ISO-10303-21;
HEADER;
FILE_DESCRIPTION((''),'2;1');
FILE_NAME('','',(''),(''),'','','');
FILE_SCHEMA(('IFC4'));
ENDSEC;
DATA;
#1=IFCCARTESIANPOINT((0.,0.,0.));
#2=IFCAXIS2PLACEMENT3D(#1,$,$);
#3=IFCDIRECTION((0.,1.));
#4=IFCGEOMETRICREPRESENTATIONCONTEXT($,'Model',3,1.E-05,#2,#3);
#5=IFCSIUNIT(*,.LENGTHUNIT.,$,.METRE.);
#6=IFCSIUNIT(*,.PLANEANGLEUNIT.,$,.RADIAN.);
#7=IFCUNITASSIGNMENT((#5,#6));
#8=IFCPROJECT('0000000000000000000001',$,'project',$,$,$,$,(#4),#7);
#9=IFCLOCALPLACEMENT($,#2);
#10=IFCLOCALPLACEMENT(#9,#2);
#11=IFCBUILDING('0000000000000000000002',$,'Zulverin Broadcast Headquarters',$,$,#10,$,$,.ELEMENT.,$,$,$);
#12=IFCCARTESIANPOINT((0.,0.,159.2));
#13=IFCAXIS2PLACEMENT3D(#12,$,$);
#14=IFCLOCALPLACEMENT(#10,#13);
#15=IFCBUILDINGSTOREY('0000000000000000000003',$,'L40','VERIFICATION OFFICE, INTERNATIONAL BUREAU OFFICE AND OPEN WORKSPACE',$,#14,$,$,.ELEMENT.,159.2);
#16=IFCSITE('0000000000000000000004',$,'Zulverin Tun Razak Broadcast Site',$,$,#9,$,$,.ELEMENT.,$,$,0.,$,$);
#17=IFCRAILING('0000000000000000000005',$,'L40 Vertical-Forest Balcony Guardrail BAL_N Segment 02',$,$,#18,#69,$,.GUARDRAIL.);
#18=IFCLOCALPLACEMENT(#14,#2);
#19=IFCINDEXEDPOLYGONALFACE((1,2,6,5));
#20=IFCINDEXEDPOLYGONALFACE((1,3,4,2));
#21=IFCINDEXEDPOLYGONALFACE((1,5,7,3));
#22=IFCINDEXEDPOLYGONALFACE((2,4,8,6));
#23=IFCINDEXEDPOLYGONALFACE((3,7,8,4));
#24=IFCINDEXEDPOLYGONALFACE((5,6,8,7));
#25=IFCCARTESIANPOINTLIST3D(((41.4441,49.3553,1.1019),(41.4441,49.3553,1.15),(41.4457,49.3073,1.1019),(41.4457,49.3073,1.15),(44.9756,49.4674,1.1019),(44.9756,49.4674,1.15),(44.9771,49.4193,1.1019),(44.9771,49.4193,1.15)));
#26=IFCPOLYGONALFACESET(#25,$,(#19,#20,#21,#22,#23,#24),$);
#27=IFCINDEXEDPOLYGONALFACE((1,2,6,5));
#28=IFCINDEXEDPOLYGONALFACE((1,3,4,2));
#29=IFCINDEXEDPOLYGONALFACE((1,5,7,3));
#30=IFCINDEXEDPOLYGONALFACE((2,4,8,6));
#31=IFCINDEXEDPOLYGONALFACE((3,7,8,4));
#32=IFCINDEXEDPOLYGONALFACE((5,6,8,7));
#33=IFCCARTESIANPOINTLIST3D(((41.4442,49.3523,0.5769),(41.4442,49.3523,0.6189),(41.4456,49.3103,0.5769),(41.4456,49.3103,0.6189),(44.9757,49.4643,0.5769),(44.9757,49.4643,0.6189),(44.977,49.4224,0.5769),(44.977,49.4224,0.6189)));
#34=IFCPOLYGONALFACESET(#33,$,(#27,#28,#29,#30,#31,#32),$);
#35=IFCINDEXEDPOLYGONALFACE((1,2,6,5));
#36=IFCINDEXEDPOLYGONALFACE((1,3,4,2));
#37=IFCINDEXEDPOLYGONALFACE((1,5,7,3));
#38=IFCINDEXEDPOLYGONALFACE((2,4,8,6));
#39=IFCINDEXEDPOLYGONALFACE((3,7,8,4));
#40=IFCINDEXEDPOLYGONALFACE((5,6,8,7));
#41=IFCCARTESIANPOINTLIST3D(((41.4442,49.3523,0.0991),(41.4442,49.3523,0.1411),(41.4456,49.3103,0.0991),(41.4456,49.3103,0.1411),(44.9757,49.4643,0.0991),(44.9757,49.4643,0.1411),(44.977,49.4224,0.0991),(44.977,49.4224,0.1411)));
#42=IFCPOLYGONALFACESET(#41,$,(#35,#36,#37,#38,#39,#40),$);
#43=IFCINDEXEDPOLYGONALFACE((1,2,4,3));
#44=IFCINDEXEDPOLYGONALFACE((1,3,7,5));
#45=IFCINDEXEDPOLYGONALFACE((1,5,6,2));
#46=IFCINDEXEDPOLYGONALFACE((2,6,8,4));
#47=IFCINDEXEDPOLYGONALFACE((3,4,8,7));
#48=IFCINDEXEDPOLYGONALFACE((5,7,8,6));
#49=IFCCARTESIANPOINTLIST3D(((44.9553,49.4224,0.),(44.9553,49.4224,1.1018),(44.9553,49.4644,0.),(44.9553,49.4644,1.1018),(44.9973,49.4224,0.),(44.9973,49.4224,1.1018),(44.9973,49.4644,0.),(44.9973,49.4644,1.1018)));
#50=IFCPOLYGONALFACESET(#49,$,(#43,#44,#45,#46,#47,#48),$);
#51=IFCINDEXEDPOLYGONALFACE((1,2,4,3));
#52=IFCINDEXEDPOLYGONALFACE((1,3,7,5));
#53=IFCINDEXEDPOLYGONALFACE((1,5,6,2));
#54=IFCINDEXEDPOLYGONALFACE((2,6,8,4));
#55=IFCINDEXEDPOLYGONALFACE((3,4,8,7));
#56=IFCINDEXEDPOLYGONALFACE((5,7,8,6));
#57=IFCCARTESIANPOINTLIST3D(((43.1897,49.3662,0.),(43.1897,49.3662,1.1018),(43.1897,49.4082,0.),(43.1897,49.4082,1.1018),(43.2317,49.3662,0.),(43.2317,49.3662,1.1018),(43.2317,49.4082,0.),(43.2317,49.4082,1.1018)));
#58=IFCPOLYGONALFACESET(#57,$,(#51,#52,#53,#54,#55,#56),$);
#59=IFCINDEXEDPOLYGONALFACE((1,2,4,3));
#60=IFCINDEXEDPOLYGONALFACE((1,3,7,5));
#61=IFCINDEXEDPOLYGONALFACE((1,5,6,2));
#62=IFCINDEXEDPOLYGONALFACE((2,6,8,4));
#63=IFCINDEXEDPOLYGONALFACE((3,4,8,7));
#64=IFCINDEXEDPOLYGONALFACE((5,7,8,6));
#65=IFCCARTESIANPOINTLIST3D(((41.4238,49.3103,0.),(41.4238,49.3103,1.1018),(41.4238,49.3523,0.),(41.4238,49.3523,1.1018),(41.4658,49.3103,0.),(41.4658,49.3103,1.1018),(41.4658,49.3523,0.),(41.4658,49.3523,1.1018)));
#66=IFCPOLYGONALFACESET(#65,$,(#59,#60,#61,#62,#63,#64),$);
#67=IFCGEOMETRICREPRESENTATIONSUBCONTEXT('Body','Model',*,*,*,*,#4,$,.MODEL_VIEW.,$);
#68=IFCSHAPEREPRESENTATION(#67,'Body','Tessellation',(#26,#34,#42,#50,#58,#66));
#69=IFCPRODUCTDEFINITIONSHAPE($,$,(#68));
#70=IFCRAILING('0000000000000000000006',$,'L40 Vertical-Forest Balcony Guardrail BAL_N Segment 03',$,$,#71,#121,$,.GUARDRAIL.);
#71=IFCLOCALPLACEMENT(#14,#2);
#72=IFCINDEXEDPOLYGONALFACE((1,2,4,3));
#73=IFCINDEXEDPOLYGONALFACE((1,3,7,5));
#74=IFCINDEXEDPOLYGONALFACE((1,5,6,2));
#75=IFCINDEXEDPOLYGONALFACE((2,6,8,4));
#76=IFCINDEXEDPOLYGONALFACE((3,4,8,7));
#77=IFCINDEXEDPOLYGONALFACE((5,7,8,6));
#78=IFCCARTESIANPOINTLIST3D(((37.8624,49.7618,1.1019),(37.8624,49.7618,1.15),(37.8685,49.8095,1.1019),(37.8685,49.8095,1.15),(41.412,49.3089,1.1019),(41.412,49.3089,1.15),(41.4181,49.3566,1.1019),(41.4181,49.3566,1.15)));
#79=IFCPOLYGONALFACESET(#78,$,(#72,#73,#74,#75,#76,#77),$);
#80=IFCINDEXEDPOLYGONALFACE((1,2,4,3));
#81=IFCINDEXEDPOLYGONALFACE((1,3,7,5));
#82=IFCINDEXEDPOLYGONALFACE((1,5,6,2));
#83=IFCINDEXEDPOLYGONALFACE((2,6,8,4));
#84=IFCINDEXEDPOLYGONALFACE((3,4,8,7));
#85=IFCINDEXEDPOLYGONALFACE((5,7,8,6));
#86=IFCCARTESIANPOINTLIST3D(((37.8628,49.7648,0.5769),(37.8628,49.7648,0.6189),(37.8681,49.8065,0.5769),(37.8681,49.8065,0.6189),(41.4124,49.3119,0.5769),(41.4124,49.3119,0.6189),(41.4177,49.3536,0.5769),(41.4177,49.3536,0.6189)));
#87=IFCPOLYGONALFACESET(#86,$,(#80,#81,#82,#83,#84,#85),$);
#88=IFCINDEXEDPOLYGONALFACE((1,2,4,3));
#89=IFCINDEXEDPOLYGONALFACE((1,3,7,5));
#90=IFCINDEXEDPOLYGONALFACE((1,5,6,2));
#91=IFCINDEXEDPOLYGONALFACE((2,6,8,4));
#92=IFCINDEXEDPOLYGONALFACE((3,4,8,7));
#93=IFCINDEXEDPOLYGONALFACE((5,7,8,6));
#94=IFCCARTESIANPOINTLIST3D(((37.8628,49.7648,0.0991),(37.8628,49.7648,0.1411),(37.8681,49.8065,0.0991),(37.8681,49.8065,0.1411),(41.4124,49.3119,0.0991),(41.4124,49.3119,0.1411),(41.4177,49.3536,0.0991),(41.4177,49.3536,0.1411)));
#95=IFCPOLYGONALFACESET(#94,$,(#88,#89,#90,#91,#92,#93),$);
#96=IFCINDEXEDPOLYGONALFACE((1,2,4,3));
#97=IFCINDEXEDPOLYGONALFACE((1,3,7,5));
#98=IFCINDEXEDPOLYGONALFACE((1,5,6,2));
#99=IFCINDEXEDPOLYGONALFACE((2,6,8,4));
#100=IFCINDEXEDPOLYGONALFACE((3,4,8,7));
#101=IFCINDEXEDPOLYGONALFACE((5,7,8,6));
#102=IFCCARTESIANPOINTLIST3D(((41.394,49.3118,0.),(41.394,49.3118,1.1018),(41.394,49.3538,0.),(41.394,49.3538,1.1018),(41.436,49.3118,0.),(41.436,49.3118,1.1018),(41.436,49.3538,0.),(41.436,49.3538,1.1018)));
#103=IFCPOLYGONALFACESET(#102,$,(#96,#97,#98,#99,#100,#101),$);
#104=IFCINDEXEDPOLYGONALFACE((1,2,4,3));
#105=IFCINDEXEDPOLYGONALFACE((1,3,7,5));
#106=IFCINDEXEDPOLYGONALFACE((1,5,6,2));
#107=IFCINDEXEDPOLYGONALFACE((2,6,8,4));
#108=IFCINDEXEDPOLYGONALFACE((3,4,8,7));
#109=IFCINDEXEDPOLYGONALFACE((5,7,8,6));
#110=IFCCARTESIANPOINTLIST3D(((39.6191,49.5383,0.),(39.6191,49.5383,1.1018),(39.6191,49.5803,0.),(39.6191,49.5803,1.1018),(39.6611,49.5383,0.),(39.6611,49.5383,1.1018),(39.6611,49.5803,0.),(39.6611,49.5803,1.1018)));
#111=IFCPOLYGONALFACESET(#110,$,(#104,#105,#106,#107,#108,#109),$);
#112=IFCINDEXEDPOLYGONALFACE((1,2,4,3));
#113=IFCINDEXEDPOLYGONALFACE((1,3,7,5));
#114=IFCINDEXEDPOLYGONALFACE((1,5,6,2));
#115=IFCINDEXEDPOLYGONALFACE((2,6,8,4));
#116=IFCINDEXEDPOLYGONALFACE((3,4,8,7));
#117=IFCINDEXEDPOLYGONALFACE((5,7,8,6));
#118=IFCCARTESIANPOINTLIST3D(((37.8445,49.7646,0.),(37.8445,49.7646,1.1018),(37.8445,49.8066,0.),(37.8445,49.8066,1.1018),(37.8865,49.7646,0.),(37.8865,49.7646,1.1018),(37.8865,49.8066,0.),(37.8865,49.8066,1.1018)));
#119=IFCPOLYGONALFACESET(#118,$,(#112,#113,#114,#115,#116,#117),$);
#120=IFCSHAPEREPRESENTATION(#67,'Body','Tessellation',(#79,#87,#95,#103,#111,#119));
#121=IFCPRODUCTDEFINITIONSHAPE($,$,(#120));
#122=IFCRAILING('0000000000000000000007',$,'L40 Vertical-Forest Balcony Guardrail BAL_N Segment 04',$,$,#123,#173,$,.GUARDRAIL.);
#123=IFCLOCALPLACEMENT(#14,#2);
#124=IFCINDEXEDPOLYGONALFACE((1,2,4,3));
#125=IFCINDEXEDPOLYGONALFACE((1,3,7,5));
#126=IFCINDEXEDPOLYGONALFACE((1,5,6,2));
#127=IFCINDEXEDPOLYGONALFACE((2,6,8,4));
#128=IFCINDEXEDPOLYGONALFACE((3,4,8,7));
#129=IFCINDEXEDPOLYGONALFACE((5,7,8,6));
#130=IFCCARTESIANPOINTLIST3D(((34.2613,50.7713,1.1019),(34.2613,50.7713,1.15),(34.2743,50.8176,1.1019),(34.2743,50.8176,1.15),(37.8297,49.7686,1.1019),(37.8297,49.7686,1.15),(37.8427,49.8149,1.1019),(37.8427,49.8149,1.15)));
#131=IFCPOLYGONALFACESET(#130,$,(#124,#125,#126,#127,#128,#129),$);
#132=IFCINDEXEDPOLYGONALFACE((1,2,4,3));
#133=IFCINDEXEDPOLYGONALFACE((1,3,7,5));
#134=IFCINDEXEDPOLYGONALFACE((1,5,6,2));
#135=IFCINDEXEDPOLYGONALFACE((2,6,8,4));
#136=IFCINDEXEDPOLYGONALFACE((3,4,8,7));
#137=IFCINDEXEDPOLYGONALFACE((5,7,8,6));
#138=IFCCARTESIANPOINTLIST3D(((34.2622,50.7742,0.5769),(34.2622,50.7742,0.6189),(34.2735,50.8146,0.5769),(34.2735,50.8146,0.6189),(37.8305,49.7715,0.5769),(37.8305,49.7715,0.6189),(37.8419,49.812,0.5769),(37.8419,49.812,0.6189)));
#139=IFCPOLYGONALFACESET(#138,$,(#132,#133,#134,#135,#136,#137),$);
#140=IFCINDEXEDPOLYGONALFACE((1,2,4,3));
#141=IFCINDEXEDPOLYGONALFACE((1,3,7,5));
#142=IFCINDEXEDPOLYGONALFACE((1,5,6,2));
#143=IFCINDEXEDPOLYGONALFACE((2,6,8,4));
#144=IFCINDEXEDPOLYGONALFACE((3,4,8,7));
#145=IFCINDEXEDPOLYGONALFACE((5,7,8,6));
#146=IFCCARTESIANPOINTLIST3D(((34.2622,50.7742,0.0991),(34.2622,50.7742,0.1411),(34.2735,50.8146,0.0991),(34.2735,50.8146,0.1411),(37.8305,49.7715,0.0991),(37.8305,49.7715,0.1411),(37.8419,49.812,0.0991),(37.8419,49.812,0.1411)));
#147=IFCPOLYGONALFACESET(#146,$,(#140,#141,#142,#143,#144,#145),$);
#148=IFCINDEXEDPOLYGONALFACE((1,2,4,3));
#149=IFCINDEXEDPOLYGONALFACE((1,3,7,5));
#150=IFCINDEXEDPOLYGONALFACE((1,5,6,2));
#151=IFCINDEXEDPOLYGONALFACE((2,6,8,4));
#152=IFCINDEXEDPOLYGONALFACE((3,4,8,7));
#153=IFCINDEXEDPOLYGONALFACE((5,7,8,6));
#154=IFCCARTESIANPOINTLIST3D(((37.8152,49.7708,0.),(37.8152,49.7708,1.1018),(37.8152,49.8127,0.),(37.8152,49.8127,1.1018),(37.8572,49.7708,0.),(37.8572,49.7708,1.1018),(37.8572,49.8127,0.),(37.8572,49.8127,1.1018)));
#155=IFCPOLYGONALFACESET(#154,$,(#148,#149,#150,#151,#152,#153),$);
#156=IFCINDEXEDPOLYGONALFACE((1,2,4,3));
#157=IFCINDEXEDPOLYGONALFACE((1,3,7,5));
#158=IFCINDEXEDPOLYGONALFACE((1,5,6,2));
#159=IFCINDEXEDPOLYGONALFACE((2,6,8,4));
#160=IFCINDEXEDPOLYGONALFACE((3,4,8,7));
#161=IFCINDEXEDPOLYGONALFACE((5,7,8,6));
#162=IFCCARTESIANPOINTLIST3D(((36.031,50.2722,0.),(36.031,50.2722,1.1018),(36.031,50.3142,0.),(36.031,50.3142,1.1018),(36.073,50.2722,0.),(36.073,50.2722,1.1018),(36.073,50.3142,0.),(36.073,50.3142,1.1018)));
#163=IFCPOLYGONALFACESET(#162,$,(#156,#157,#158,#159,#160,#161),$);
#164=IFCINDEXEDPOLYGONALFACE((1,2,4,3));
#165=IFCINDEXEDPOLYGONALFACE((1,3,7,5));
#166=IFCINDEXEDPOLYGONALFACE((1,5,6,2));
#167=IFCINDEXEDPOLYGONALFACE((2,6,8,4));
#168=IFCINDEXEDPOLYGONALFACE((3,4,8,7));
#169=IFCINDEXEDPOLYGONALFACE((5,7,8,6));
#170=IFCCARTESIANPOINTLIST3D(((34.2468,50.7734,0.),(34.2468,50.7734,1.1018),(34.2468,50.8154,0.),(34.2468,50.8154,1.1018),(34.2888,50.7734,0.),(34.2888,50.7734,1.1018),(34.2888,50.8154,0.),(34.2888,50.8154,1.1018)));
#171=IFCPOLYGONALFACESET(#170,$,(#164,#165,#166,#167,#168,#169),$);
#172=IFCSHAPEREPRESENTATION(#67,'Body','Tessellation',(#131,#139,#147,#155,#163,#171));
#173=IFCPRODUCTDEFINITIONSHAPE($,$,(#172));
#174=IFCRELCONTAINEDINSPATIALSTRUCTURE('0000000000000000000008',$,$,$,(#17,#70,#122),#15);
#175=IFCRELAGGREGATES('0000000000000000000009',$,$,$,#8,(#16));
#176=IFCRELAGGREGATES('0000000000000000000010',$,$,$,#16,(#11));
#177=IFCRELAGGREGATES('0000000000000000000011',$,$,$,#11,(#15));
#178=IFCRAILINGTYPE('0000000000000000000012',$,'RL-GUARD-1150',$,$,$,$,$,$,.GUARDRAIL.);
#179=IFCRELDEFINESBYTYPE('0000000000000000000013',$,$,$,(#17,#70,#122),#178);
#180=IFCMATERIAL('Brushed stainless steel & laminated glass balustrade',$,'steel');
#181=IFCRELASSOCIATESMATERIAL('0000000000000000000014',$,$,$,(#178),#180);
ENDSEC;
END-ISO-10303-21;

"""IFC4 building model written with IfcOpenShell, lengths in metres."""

from ifc_helpers import new_model, si_unit, direction, frame, origin, origin_2d, place, context, subcontext, project, spatial, rectangle, extrude, material, type_object, element, save


model = new_model("IFC4")

# Units and contexts
model_context = context("Model", 3, precision=1e-05, world=origin(), true_north=direction((0.0, 1.0)))
body_context = subcontext(model_context, "Body", "Model", "MODEL_VIEW")
ifc_project = project(units=[si_unit("LENGTHUNIT", "METRE"), si_unit("PLANEANGLEUNIT", "RADIAN")], contexts=[model_context])

# Site, building, storey
site_placement = place(None, origin())
site = spatial("IfcSite", under=ifc_project, at=site_placement, Name="Zulverin Tun Razak Broadcast Site", CompositionType="ELEMENT", RefElevation=0.0)
building_placement = place(site_placement, origin())
building = spatial("IfcBuilding", under=site, at=building_placement, Name="Zulverin Broadcast Headquarters", CompositionType="ELEMENT")
storey_placement = place(building_placement, frame((0.0, 0.0, 159.2)))
storey = spatial("IfcBuildingStorey", under=building, at=storey_placement, Name="L40", Description="VERIFICATION OFFICE, INTERNATIONAL BUREAU OFFICE AND OPEN WORKSPACE", CompositionType="ELEMENT", Elevation=159.2)

# Railings
ifc_material_1 = material(Name="Brushed stainless steel & laminated glass balustrade", Category="steel")
railing_type_1 = type_object("IfcRailingType", Name="RL-GUARD-1150", PredefinedType="GUARDRAIL", material=ifc_material_1)
railing_1_placement = place(storey_placement, frame((44.9763, 49.4434, 0.0)))
element("IfcRailing", 1, at=railing_1_placement, inside=storey, type_object=railing_type_1, Name="L40 Vertical-Forest Balcony Guardrail BAL_N Segment 02", PredefinedType="GUARDRAIL", context=body_context, shape_type="SweptSolid", body=[
    extrude(rectangle(XDim=0.0481, YDim=0.0481, at=origin_2d()), frame((0.0, 0.0, 1.126), z_axis=(-0.999497, -0.031716, 0.0), x_axis=(0.031716, -0.999497, 0.0)), (0.0, 0.0, 1.0), 3.5332),
    extrude(rectangle(XDim=0.042, YDim=0.042, at=origin_2d()), frame((0.0, 0.0, 0.5979), z_axis=(-0.999497, -0.031716, 0.0), x_axis=(0.031716, -0.999497, 0.0)), (0.0, 0.0, 1.0), 3.5332),
    extrude(rectangle(XDim=0.042, YDim=0.042, at=origin_2d()), frame((0.0, 0.0, 0.1201), z_axis=(-0.999497, -0.031716, 0.0), x_axis=(0.031716, -0.999497, 0.0)), (0.0, 0.0, 1.0), 3.5332),
    extrude(rectangle(XDim=0.042, YDim=0.042, at=origin_2d()), origin(), (0.0, 0.0, 1.0), 1.1018),
    extrude(rectangle(XDim=0.042, YDim=0.042, at=origin_2d()), frame((-1.7656, -0.0562, 0.0)), (0.0, 0.0, 1.0), 1.1018),
    extrude(rectangle(XDim=0.042, YDim=0.042, at=origin_2d()), frame((-3.5315, -0.1121, 0.0)), (0.0, 0.0, 1.0), 1.1018),
])
railing_2_placement = place(storey_placement, frame((41.415, 49.3328, 0.0)))
element("IfcRailing", 2, at=railing_2_placement, inside=storey, type_object=railing_type_1, Name="L40 Vertical-Forest Balcony Guardrail BAL_N Segment 03", PredefinedType="GUARDRAIL", context=body_context, shape_type="SweptSolid", body=[
    extrude(rectangle(XDim=0.0481, YDim=0.0481, at=origin_2d()), frame((0.0, 0.0, 1.126), z_axis=(-0.991959, 0.126562, 0.0), x_axis=(-0.126562, -0.991959, 0.0)), (0.0, 0.0, 1.0), 3.5784),
    extrude(rectangle(XDim=0.042, YDim=0.042, at=origin_2d()), frame((0.0, 0.0, 0.5979), z_axis=(-0.991959, 0.126562, 0.0), x_axis=(-0.126562, -0.991959, 0.0)), (0.0, 0.0, 1.0), 3.5784),
    extrude(rectangle(XDim=0.042, YDim=0.042, at=origin_2d()), frame((0.0, 0.0, 0.1201), z_axis=(-0.991959, 0.126562, 0.0), x_axis=(-0.126562, -0.991959, 0.0)), (0.0, 0.0, 1.0), 3.5784),
    extrude(rectangle(XDim=0.042, YDim=0.042, at=origin_2d()), origin(), (0.0, 0.0, 1.0), 1.1018),
    extrude(rectangle(XDim=0.042, YDim=0.042, at=origin_2d()), frame((-1.7749, 0.2266, 0.0)), (0.0, 0.0, 1.0), 1.1018),
    extrude(rectangle(XDim=0.042, YDim=0.042, at=origin_2d()), frame((-3.5496, 0.4529, 0.0)), (0.0, 0.0, 1.0), 1.1018),
])
railing_3_placement = place(storey_placement, frame((37.8362, 49.7917, 0.0)))
element("IfcRailing", 3, at=railing_3_placement, inside=storey, type_object=railing_type_1, Name="L40 Vertical-Forest Balcony Guardrail BAL_N Segment 04", PredefinedType="GUARDRAIL", context=body_context, shape_type="SweptSolid", body=[
    extrude(rectangle(XDim=0.0481, YDim=0.0481, at=origin_2d()), frame((0.0, 0.0, 1.126), z_axis=(-0.962715, 0.270517, 0.0), x_axis=(-0.270517, -0.962715, 0.0)), (0.0, 0.0, 1.0), 3.7065),
    extrude(rectangle(XDim=0.042, YDim=0.042, at=origin_2d()), frame((0.0, 0.0, 0.5979), z_axis=(-0.962715, 0.270517, 0.0), x_axis=(-0.270517, -0.962715, 0.0)), (0.0, 0.0, 1.0), 3.7065),
    extrude(rectangle(XDim=0.042, YDim=0.042, at=origin_2d()), frame((0.0, 0.0, 0.1201), z_axis=(-0.962715, 0.270517, 0.0), x_axis=(-0.270517, -0.962715, 0.0)), (0.0, 0.0, 1.0), 3.7065),
    extrude(rectangle(XDim=0.042, YDim=0.042, at=origin_2d()), origin(), (0.0, 0.0, 1.0), 1.1018),
    extrude(rectangle(XDim=0.042, YDim=0.042, at=origin_2d()), frame((-1.7842, 0.5015, 0.0)), (0.0, 0.0, 1.0), 1.1018),
    extrude(rectangle(XDim=0.042, YDim=0.042, at=origin_2d()), frame((-3.5684, 1.0027, 0.0)), (0.0, 0.0, 1.0), 1.1018),
])

save(model, "model.ifc")
